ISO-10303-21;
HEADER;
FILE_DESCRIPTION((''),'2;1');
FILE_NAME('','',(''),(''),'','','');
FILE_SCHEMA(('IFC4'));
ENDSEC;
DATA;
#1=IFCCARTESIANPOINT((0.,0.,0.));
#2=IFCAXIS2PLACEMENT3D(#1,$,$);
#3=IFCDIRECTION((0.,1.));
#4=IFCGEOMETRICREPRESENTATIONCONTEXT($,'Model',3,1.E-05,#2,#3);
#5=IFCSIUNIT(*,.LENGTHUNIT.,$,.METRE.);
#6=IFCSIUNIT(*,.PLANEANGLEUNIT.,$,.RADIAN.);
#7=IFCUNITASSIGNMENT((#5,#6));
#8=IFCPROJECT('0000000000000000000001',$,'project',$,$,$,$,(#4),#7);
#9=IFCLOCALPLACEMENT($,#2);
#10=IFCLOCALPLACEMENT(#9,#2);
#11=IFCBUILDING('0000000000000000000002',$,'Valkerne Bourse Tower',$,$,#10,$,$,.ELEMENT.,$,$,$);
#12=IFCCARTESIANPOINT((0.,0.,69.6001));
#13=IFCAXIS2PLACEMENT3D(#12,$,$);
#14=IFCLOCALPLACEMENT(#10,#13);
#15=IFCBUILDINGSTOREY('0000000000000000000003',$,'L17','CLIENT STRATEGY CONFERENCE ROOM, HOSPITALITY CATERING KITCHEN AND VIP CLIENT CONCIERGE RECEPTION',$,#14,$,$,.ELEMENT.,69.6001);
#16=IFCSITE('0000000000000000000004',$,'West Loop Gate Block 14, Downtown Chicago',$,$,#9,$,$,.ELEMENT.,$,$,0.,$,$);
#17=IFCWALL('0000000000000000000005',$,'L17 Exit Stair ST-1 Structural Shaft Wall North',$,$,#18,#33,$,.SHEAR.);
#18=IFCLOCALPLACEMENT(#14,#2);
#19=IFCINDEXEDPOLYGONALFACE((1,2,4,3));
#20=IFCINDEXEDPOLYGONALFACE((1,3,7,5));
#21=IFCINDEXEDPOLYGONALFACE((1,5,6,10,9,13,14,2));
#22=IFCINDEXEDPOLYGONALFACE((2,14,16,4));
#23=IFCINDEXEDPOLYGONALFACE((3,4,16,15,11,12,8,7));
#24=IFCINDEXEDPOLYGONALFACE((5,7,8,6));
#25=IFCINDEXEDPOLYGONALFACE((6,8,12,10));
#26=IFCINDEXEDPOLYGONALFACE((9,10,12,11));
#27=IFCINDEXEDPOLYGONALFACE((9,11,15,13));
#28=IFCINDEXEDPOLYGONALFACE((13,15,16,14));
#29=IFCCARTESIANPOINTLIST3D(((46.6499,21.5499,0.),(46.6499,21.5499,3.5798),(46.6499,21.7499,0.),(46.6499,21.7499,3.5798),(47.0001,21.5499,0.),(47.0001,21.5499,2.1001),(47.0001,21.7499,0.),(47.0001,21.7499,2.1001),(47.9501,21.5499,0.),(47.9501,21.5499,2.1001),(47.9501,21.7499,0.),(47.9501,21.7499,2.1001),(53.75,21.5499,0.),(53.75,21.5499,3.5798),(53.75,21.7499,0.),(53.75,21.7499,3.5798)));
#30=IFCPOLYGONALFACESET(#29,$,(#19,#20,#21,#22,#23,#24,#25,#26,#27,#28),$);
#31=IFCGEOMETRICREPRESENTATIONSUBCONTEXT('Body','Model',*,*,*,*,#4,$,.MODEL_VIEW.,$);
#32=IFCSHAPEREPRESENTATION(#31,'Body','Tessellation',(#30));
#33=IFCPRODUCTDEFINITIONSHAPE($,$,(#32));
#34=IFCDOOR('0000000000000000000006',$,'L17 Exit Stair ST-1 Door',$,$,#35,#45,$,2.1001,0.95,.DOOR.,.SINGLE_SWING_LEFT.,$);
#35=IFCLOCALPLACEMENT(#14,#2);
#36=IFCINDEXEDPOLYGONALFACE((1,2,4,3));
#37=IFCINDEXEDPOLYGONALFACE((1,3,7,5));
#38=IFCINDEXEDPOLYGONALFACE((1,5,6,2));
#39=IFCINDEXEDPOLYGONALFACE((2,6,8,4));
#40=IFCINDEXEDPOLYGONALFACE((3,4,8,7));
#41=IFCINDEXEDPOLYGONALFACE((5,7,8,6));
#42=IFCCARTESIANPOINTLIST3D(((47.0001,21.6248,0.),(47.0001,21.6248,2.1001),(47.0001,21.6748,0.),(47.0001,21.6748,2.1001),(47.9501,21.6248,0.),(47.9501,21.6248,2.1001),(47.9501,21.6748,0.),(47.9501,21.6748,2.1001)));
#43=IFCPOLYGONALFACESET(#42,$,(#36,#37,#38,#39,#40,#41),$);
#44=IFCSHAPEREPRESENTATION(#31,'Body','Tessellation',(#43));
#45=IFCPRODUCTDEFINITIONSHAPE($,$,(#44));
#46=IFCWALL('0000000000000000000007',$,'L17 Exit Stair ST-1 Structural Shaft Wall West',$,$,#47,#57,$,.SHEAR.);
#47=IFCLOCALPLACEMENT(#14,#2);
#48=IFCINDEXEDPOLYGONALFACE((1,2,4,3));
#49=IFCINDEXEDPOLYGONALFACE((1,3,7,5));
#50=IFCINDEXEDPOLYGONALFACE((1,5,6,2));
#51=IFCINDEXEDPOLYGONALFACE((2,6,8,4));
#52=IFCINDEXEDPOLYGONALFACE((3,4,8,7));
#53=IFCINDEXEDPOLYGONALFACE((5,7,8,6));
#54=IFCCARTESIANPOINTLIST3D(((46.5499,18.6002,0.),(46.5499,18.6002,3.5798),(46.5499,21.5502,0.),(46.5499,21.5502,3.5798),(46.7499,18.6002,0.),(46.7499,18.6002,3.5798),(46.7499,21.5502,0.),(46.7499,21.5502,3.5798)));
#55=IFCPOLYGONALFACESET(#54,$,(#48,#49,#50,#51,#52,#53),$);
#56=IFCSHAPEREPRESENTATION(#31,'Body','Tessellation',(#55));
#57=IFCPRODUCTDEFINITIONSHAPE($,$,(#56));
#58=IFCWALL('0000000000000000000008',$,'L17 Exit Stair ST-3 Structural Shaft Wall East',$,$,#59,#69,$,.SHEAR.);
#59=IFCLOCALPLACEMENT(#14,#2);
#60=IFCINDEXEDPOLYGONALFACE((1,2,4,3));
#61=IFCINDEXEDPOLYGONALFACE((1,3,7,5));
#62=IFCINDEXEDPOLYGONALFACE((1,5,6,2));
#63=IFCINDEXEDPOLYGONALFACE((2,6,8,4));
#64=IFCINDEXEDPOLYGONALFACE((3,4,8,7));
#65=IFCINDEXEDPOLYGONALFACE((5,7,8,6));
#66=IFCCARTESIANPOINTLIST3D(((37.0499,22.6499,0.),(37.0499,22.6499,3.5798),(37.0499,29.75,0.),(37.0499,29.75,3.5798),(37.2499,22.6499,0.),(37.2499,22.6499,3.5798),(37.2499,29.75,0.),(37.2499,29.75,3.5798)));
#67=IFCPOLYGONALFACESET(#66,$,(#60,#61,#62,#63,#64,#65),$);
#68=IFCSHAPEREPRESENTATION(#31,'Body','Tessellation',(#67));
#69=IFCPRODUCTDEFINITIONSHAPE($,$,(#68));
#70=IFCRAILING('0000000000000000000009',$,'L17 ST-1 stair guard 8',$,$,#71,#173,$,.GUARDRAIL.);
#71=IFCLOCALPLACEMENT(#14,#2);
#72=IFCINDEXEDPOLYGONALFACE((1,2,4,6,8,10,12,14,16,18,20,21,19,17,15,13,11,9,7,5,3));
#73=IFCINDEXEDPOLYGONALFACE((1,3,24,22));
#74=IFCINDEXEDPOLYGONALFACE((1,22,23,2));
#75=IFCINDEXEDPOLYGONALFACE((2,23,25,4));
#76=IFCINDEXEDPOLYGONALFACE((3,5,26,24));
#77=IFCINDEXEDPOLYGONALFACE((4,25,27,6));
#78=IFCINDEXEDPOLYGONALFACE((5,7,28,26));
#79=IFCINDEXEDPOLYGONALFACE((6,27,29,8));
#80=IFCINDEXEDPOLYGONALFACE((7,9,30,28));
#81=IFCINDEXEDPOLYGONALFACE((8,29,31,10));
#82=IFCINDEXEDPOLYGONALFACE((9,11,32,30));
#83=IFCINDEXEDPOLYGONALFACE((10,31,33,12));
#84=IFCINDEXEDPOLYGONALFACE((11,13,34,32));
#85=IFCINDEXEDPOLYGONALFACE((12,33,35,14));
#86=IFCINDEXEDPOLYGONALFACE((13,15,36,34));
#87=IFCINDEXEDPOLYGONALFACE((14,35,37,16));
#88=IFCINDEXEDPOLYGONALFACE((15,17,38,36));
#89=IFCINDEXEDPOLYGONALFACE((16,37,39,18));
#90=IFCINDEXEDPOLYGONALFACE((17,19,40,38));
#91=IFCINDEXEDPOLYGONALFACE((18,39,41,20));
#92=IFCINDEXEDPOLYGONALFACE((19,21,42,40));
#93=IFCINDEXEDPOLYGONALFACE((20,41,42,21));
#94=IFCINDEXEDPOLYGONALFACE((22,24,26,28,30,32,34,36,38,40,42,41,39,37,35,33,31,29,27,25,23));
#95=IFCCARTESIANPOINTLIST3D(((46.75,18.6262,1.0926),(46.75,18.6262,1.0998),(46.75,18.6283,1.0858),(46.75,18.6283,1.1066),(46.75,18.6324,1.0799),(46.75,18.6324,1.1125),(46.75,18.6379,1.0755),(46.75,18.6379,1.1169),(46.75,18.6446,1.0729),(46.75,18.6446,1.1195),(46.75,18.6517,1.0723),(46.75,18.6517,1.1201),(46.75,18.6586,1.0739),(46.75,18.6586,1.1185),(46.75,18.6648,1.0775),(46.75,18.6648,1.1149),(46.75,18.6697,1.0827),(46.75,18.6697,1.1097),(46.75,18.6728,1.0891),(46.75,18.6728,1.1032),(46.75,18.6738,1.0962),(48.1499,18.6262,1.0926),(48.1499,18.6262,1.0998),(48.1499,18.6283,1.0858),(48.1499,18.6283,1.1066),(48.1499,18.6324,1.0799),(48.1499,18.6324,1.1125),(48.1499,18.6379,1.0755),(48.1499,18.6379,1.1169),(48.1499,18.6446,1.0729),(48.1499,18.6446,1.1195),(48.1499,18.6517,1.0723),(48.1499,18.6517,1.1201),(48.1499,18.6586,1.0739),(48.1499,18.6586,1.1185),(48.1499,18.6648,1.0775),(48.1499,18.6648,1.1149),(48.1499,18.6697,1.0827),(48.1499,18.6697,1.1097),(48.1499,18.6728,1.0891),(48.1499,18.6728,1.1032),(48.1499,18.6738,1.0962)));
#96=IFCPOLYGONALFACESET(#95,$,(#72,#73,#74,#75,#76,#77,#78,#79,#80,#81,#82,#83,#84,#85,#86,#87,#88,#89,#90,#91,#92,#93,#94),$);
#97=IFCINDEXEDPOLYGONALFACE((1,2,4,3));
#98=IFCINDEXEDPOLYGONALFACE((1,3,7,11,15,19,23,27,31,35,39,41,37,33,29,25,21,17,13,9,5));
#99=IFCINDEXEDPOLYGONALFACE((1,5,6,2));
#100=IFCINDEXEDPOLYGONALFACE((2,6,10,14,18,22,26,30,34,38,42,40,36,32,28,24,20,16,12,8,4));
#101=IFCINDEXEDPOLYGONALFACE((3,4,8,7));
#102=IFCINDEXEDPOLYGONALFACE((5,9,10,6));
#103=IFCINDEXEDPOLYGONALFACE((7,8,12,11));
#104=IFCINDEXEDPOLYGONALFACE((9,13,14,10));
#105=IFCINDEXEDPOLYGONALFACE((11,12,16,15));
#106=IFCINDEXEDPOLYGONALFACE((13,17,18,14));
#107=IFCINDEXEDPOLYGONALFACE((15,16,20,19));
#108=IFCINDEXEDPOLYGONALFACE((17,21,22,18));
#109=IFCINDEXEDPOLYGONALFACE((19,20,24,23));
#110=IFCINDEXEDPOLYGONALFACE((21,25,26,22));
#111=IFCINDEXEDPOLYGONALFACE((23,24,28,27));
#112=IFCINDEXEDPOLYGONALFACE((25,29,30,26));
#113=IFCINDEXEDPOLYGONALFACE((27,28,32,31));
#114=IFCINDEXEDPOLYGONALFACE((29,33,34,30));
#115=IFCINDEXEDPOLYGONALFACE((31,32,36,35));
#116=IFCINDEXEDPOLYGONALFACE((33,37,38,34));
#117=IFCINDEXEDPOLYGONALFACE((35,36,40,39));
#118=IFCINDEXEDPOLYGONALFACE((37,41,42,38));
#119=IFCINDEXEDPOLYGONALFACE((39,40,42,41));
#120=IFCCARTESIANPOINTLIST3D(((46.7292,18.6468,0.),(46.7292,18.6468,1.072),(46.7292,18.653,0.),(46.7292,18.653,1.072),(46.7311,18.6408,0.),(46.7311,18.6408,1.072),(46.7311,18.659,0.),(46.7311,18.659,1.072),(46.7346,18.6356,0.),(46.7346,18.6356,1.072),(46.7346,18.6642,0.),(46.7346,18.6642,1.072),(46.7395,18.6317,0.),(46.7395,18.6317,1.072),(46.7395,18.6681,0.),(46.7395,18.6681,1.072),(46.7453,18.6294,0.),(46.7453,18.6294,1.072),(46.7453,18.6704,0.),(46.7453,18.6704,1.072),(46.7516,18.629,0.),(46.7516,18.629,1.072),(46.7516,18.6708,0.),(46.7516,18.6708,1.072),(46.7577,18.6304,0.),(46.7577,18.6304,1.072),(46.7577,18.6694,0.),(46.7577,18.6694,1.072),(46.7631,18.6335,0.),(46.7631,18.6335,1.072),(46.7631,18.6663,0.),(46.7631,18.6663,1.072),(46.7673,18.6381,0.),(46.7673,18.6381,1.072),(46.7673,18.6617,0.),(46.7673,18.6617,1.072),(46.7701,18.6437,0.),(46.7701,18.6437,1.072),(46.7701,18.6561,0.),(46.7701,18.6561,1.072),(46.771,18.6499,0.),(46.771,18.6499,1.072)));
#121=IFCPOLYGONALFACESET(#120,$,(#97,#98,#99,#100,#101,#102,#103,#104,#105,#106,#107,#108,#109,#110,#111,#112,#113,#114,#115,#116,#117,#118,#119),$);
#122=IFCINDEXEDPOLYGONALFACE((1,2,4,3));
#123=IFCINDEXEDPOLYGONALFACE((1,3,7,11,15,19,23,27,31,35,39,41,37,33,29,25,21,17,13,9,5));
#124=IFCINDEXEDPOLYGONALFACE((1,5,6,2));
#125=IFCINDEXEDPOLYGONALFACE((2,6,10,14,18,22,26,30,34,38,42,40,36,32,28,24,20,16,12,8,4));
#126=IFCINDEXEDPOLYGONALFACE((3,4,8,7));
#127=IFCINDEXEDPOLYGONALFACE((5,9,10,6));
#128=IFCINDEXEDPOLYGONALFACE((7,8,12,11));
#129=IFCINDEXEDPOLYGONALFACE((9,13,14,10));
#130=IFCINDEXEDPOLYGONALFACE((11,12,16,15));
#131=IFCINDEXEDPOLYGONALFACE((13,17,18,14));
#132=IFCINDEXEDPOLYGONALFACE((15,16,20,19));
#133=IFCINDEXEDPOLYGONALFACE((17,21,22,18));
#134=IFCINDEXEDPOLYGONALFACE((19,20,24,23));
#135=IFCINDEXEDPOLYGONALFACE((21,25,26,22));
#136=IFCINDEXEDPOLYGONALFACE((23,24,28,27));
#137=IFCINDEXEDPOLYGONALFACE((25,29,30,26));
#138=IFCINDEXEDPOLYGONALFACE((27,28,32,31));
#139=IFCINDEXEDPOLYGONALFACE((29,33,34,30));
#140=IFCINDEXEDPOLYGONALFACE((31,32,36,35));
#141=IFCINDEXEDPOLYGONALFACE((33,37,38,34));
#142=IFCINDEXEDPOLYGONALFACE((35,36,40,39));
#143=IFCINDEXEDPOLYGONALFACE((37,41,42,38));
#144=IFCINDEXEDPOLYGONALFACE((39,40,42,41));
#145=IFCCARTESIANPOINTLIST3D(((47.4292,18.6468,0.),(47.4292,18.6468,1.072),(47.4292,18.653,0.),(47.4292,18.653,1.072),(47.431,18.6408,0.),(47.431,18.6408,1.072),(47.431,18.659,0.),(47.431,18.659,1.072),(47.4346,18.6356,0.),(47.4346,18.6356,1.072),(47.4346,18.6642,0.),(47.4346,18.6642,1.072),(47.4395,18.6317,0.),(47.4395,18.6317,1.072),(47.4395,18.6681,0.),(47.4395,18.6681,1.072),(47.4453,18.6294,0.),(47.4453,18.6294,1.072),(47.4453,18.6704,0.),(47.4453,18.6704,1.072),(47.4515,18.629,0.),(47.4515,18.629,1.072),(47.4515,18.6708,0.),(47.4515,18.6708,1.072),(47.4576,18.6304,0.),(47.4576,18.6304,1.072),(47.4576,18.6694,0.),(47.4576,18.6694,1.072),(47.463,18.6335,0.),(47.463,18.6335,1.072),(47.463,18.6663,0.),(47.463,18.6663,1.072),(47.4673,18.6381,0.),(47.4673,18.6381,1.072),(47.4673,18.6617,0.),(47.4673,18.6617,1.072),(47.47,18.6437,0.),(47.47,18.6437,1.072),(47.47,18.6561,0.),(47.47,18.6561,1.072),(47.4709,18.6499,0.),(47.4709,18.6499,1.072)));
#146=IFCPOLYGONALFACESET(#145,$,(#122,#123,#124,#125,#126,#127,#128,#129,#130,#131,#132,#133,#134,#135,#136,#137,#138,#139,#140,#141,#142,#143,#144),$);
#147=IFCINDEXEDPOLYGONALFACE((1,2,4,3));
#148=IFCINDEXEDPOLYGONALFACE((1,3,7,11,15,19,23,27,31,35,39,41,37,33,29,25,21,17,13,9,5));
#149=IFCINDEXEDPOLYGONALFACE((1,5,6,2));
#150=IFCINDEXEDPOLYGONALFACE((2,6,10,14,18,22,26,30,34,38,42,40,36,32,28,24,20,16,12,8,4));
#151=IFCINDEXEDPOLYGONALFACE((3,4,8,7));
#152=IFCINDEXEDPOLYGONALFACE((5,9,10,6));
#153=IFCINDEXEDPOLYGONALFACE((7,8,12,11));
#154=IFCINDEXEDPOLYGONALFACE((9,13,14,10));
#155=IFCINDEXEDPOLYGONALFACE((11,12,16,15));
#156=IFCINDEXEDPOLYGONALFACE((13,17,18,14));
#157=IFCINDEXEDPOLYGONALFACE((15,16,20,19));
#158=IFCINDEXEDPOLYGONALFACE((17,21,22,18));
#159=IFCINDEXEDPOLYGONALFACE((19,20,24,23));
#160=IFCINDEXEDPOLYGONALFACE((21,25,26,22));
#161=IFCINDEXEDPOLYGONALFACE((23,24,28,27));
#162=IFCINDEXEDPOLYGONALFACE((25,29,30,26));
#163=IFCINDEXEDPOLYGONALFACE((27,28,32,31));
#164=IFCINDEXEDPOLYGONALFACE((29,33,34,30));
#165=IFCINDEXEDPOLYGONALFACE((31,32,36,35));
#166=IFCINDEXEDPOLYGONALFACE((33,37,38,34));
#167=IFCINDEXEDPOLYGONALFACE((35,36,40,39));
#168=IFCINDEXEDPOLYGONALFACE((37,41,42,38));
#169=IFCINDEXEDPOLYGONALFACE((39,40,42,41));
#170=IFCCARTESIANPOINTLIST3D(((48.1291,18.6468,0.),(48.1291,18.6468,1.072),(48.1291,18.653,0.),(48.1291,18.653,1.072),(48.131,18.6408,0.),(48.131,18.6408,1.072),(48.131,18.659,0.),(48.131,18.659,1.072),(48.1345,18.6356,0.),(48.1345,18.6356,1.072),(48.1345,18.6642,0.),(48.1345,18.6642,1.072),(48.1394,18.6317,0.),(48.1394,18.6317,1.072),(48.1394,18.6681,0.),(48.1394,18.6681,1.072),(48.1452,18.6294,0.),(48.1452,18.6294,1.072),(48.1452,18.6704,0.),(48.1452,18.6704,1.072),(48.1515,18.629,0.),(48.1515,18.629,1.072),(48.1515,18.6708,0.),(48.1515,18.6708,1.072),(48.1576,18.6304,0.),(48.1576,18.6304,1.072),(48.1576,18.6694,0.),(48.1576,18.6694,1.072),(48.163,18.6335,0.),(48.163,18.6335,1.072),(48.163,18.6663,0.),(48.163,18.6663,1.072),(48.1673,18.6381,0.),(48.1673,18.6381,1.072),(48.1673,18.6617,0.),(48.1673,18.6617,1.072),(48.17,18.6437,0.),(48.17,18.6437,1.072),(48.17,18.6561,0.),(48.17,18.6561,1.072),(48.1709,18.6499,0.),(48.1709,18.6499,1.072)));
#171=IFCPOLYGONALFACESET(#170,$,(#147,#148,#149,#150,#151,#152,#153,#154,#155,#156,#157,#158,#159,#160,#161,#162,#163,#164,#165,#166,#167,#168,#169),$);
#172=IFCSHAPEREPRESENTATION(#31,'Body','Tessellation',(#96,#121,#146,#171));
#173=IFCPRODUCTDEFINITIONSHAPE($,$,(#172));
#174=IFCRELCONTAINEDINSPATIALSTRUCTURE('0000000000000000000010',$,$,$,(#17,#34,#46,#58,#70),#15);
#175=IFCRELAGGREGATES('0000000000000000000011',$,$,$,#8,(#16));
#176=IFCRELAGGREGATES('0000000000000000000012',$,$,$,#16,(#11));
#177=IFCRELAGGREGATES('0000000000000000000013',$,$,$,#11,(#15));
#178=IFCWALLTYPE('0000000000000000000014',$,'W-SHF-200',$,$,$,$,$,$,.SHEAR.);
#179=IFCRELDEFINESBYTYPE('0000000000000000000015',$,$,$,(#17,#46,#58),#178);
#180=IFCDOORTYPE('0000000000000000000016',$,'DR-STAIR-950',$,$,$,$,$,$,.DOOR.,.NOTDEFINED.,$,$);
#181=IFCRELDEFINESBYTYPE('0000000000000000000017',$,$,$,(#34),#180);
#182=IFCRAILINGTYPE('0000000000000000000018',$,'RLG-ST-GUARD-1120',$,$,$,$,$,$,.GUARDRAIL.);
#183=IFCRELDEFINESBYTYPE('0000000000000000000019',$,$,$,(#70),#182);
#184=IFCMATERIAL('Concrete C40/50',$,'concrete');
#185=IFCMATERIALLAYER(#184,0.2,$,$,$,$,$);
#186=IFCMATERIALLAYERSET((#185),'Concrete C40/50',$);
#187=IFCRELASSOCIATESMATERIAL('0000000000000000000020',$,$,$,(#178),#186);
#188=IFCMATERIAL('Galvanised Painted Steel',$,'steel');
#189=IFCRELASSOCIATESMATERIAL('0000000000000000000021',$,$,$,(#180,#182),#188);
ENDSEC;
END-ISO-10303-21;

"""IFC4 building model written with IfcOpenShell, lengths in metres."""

from ifc_helpers import new_model, si_unit, direction, frame, frame_2d, origin, origin_2d, place, context, subcontext, project, spatial, rectangle, circle, extrude, material, layer, layer_set, type_object, element, fill, save


model = new_model("IFC4")

# Units and contexts
model_context = context("Model", 3, precision=1e-05, world=origin(), true_north=direction((0.0, 1.0)))
body_context = subcontext(model_context, "Body", "Model", "MODEL_VIEW")
ifc_project = project(units=[si_unit("LENGTHUNIT", "METRE"), si_unit("PLANEANGLEUNIT", "RADIAN")], contexts=[model_context])

# Site, building, storey
site_placement = place(None, origin())
site = spatial("IfcSite", under=ifc_project, at=site_placement, Name="West Loop Gate Block 14, Downtown Chicago", CompositionType="ELEMENT", RefElevation=0.0)
building_placement = place(site_placement, origin())
building = spatial("IfcBuilding", under=site, at=building_placement, Name="Valkerne Bourse Tower", CompositionType="ELEMENT")
storey_placement = place(building_placement, frame((0.0, 0.0, 69.6001)))
storey = spatial("IfcBuildingStorey", under=building, at=storey_placement, Name="L17", Description="CLIENT STRATEGY CONFERENCE ROOM, HOSPITALITY CATERING KITCHEN AND VIP CLIENT CONCIERGE RECEPTION", CompositionType="ELEMENT", Elevation=69.6001)

# Shared definitions
ifc_material_1 = material(Name="Galvanised Painted Steel", Category="steel")

# Wall, opening, door
ifc_material_2 = material(Name="Concrete C40/50", Category="concrete")
ifc_layer_1 = layer(ifc_material_2, 0.2)
ifc_layer_set_1 = layer_set([ifc_layer_1], Name="Concrete C40/50")
wall_type_1 = type_object("IfcWallType", Name="W-SHF-200", PredefinedType="SHEAR", material=ifc_layer_set_1)
wall_1_placement = place(storey_placement, frame((46.6499, 21.6499, 0.0), z_axis=(0.0, 0.0, 1.0), x_axis=(1.0, 0.0, 0.0)))
wall_1 = element("IfcWall", 1, at=wall_1_placement, inside=storey, type_object=wall_type_1, Name="L17 Exit Stair ST-1 Structural Shaft Wall North", PredefinedType="SHEAR", context=body_context, shape_type="SweptSolid", body=[
    extrude(rectangle(XDim=7.1001, YDim=0.2, at=frame_2d((3.55, 0.0))), origin(), (0.0, 0.0, 1.0), 3.5798),
])
opening_1_placement = place(wall_1_placement, frame((0.3501, 0.0, 0.0)))
opening_1 = element("IfcOpeningElement", 2, at=opening_1_placement, cuts=wall_1, PredefinedType="OPENING", context=body_context, shape_type="SweptSolid", body=[
    extrude(rectangle(XDim=0.95, YDim=2.1001, at=frame_2d((0.4751, 1.05))), frame((0.0, 0.1099, 0.0), z_axis=(0.0, -1.0, 0.0), x_axis=(1.0, 0.0, 0.0)), (0.0, 0.0, 1.0), 0.22),
])
door_type_1 = type_object("IfcDoorType", Name="DR-STAIR-950", OperationType="NOTDEFINED", PredefinedType="DOOR", material=ifc_material_1)
door_1_placement = place(opening_1_placement, origin())
door_1 = element("IfcDoor", 3, at=door_1_placement, inside=storey, type_object=door_type_1, Name="L17 Exit Stair ST-1 Door", OperationType="SINGLE_SWING_LEFT", OverallHeight=2.1001, OverallWidth=0.95, PredefinedType="DOOR", context=body_context, shape_type="SweptSolid", body=[
    extrude(rectangle(XDim=0.95, YDim=2.1001, at=frame_2d((0.4751, 1.05))), frame((0.0, 0.0249, 0.0), z_axis=(0.0, -1.0, 0.0), x_axis=(1.0, 0.0, 0.0)), (0.0, 0.0, 1.0), 0.05),
])
fill(opening_1, door_1)

# Walls
wall_2_placement = place(storey_placement, frame((46.6499, 18.6001, 0.0), z_axis=(0.0, 0.0, 1.0), x_axis=(0.0, 1.0, 0.0)))
element("IfcWall", 4, at=wall_2_placement, inside=storey, type_object=wall_type_1, Name="L17 Exit Stair ST-1 Structural Shaft Wall West", PredefinedType="SHEAR", context=body_context, shape_type="SweptSolid", body=[
    extrude(rectangle(XDim=2.95, YDim=0.2, at=frame_2d((1.4751, 0.0))), origin(), (0.0, 0.0, 1.0), 3.5798),
])
wall_3_placement = place(storey_placement, frame((37.1499, 22.6499, 0.0), z_axis=(0.0, 0.0, 1.0), x_axis=(0.0, 1.0, 0.0)))
element("IfcWall", 5, at=wall_3_placement, inside=storey, type_object=wall_type_1, Name="L17 Exit Stair ST-3 Structural Shaft Wall East", PredefinedType="SHEAR", context=body_context, shape_type="SweptSolid", body=[
    extrude(rectangle(XDim=7.1001, YDim=0.2, at=frame_2d((3.55, 0.0))), origin(), (0.0, 0.0, 1.0), 3.5798),
])

# Railing
railing_type_1 = type_object("IfcRailingType", Name="RLG-ST-GUARD-1120", PredefinedType="GUARDRAIL", material=ifc_material_1)
railing_1_placement = place(storey_placement, frame((46.75, 18.6499, 0.0)))
element("IfcRailing", 6, at=railing_1_placement, inside=storey, type_object=railing_type_1, Name="L17 ST-1 stair guard 8", PredefinedType="GUARDRAIL", context=body_context, shape_type="SweptSolid", body=[
    extrude(circle(Radius=0.0239, at=origin_2d()), frame((0.0, 0.0, 1.0962), z_axis=(1.0, 0.0, 0.0), x_axis=(0.0, 1.0, 0.0)), (0.0, 0.0, 1.0), 1.3999),
    extrude(circle(Radius=0.021, at=origin_2d()), origin(), (0.0, 0.0, 1.0), 1.072),
    extrude(circle(Radius=0.021, at=origin_2d()), frame((0.7, 0.0, 0.0)), (0.0, 0.0, 1.0), 1.072),
    extrude(circle(Radius=0.021, at=origin_2d()), frame((1.3999, 0.0, 0.0)), (0.0, 0.0, 1.0), 1.072),
])

save(model, "model.ifc")
